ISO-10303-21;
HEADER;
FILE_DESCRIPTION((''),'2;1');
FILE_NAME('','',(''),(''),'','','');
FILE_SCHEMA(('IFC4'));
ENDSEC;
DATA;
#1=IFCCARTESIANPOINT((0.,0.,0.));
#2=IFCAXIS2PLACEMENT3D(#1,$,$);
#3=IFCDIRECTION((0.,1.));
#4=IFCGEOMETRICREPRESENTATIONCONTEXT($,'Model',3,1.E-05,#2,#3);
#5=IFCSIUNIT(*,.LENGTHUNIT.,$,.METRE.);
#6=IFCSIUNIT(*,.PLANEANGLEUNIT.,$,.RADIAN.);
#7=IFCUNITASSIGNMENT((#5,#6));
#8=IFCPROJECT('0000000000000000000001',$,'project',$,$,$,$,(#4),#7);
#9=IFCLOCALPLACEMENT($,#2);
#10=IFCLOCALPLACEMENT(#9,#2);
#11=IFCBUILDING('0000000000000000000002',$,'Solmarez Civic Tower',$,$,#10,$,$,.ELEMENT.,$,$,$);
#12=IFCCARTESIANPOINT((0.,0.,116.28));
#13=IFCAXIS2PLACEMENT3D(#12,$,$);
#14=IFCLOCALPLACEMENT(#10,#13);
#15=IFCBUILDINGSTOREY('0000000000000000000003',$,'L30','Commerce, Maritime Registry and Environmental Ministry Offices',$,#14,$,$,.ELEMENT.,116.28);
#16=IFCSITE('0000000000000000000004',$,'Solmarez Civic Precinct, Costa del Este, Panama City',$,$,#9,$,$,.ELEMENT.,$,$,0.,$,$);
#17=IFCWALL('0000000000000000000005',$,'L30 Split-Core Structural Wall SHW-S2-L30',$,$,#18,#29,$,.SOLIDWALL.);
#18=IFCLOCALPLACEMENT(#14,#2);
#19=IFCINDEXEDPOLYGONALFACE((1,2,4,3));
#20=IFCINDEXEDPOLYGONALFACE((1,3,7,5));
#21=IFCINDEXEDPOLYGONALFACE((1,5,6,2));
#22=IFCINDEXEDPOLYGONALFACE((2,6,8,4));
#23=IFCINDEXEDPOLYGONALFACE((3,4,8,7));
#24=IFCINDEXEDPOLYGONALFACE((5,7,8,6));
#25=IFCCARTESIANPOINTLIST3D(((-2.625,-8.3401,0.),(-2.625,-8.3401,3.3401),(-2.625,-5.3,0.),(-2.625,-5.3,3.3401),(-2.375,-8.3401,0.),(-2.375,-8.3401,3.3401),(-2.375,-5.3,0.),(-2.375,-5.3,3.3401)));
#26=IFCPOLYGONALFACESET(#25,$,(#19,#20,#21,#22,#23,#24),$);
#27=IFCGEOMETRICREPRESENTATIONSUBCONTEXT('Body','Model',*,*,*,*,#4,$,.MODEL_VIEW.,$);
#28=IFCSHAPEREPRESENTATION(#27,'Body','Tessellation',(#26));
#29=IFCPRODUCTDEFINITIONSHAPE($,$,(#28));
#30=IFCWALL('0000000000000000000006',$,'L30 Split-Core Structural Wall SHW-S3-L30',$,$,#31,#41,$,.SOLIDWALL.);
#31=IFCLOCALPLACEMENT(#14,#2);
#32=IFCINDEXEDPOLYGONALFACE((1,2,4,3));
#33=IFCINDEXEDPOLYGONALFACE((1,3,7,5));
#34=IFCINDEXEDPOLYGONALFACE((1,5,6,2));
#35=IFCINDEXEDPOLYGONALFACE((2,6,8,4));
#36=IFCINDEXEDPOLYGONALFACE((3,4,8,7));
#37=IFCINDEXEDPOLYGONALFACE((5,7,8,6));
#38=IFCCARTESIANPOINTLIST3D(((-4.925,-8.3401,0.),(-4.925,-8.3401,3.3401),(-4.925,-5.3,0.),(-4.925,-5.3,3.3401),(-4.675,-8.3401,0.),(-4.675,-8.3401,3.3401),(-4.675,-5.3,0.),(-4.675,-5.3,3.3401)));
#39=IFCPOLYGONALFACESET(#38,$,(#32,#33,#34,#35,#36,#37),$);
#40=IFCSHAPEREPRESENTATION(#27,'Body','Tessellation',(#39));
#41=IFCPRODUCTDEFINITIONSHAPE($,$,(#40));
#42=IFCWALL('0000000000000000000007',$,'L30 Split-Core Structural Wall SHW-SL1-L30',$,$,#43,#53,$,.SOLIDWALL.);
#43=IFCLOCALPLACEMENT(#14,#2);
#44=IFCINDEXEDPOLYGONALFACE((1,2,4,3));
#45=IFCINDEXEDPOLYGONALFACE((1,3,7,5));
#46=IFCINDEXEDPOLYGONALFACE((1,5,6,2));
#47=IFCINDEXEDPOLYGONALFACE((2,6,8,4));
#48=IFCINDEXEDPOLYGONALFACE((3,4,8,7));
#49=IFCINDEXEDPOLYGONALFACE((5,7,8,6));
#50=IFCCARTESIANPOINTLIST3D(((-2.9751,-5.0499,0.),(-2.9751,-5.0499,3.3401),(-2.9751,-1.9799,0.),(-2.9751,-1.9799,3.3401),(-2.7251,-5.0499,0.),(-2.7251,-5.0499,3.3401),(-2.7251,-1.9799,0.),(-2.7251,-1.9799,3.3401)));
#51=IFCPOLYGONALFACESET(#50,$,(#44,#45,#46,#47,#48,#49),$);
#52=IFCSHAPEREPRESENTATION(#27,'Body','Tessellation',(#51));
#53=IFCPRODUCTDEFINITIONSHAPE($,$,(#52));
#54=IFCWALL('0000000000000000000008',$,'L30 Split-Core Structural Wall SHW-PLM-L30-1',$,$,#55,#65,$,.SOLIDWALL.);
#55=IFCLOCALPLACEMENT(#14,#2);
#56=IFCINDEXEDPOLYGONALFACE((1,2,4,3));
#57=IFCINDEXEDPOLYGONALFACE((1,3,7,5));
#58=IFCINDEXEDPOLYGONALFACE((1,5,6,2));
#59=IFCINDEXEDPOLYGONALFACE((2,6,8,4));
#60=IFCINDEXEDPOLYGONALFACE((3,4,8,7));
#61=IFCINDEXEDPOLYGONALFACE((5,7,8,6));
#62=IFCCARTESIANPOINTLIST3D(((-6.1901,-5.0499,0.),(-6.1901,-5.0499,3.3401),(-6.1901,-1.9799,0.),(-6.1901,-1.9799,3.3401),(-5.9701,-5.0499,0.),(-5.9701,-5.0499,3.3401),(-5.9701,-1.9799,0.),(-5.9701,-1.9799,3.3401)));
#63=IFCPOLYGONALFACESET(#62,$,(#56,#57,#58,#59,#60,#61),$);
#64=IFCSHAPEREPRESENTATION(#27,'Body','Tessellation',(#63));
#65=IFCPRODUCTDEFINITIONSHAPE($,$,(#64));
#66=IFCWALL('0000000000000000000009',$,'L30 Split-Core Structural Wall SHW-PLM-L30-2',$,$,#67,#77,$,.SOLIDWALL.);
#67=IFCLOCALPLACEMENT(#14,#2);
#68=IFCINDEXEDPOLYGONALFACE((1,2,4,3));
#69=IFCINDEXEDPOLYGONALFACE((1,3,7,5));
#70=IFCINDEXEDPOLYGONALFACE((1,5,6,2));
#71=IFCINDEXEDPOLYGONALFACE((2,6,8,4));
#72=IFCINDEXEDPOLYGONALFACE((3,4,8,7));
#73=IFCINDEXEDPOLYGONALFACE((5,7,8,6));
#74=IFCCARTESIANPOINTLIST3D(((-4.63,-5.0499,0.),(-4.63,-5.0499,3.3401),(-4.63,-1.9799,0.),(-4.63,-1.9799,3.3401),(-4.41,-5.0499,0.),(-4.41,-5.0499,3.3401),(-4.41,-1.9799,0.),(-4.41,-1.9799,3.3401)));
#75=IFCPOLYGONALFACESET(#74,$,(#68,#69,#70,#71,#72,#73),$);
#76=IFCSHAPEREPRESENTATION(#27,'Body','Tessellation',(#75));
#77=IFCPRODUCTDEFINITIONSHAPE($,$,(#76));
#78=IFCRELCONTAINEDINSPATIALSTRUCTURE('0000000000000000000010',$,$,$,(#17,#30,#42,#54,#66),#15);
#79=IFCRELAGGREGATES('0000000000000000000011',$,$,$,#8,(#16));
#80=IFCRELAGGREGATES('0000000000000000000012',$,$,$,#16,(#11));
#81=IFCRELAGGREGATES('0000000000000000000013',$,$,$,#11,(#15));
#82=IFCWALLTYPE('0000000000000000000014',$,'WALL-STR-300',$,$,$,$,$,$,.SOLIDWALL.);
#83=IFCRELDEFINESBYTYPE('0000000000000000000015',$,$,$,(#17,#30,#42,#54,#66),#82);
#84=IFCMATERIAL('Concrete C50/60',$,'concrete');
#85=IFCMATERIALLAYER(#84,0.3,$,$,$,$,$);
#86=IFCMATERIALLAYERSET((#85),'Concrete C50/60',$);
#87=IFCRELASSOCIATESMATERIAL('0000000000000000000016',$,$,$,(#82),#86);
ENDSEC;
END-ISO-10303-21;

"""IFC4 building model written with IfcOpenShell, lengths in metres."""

from ifc_helpers import new_model, si_unit, direction, frame, frame_2d, origin, place, context, subcontext, project, spatial, rectangle, extrude, material, layer, layer_set, type_object, element, save


model = new_model("IFC4")

# Units and contexts
model_context = context("Model", 3, precision=1e-05, world=origin(), true_north=direction((0.0, 1.0)))
body_context = subcontext(model_context, "Body", "Model", "MODEL_VIEW")
ifc_project = project(units=[si_unit("LENGTHUNIT", "METRE"), si_unit("PLANEANGLEUNIT", "RADIAN")], contexts=[model_context])

# Site, building, storey
site_placement = place(None, origin())
site = spatial("IfcSite", under=ifc_project, at=site_placement, Name="Solmarez Civic Precinct, Costa del Este, Panama City", CompositionType="ELEMENT", RefElevation=0.0)
building_placement = place(site_placement, origin())
building = spatial("IfcBuilding", under=site, at=building_placement, Name="Solmarez Civic Tower", CompositionType="ELEMENT")
storey_placement = place(building_placement, frame((0.0, 0.0, 116.28)))
storey = spatial("IfcBuildingStorey", under=building, at=storey_placement, Name="L30", Description="Commerce, Maritime Registry and Environmental Ministry Offices", CompositionType="ELEMENT", Elevation=116.28)

# Shared definitions
ifc_material_1 = material(Name="Concrete C50/60", Category="concrete")

# Shared definitions
ifc_layer_1 = layer(ifc_material_1, 0.3)
ifc_layer_set_1 = layer_set([ifc_layer_1], Name="Concrete C50/60")
wall_type_1 = type_object("IfcWallType", Name="WALL-STR-300", PredefinedType="SOLIDWALL", material=ifc_layer_set_1)

# Walls
for number, where, z_axis, x_axis, name in (
    (1, (-2.5, -8.3401, 0.0), (0.0, 0.0, 1.0), (0.0, 1.0, 0.0), "L30 Split-Core Structural Wall SHW-S2-L30"),
    (2, (-4.8, -8.3401, 0.0), (0.0, 0.0, 1.0), (0.0, 1.0, 0.0), "L30 Split-Core Structural Wall SHW-S3-L30"),
):
    element("IfcWall", number, at=place(storey_placement, frame(where, z_axis=z_axis, x_axis=x_axis)), inside=storey, type_object=wall_type_1, Name=name, PredefinedType="SOLIDWALL", context=body_context, shape_type="SweptSolid", body=[
        extrude(rectangle(XDim=3.04, YDim=0.25, at=frame_2d((1.52, 0.0))), origin(), (0.0, 0.0, 1.0), 3.3401),
    ])
wall_1_placement = place(storey_placement, frame((-2.8501, -5.05, 0.0), z_axis=(0.0, 0.0, 1.0), x_axis=(0.0, 1.0, 0.0)))
element("IfcWall", 3, at=wall_1_placement, inside=storey, type_object=wall_type_1, Name="L30 Split-Core Structural Wall SHW-SL1-L30", PredefinedType="SOLIDWALL", context=body_context, shape_type="SweptSolid", body=[
    extrude(rectangle(XDim=3.0701, YDim=0.25, at=frame_2d((1.5352, 0.0))), origin(), (0.0, 0.0, 1.0), 3.3401),
])
for number, where, z_axis, x_axis, name in (
    (4, (-6.0801, -5.05, 0.0), (0.0, 0.0, 1.0), (0.0, 1.0, 0.0), "L30 Split-Core Structural Wall SHW-PLM-L30-1"),
    (5, (-4.52, -5.05, 0.0), (0.0, 0.0, 1.0), (0.0, 1.0, 0.0), "L30 Split-Core Structural Wall SHW-PLM-L30-2"),
):
    element("IfcWall", number, at=place(storey_placement, frame(where, z_axis=z_axis, x_axis=x_axis)), inside=storey, type_object=wall_type_1, Name=name, PredefinedType="SOLIDWALL", context=body_context, shape_type="SweptSolid", body=[
        extrude(rectangle(XDim=3.0701, YDim=0.22, at=frame_2d((1.5352, 0.0))), origin(), (0.0, 0.0, 1.0), 3.3401),
    ])

save(model, "model.ifc")
